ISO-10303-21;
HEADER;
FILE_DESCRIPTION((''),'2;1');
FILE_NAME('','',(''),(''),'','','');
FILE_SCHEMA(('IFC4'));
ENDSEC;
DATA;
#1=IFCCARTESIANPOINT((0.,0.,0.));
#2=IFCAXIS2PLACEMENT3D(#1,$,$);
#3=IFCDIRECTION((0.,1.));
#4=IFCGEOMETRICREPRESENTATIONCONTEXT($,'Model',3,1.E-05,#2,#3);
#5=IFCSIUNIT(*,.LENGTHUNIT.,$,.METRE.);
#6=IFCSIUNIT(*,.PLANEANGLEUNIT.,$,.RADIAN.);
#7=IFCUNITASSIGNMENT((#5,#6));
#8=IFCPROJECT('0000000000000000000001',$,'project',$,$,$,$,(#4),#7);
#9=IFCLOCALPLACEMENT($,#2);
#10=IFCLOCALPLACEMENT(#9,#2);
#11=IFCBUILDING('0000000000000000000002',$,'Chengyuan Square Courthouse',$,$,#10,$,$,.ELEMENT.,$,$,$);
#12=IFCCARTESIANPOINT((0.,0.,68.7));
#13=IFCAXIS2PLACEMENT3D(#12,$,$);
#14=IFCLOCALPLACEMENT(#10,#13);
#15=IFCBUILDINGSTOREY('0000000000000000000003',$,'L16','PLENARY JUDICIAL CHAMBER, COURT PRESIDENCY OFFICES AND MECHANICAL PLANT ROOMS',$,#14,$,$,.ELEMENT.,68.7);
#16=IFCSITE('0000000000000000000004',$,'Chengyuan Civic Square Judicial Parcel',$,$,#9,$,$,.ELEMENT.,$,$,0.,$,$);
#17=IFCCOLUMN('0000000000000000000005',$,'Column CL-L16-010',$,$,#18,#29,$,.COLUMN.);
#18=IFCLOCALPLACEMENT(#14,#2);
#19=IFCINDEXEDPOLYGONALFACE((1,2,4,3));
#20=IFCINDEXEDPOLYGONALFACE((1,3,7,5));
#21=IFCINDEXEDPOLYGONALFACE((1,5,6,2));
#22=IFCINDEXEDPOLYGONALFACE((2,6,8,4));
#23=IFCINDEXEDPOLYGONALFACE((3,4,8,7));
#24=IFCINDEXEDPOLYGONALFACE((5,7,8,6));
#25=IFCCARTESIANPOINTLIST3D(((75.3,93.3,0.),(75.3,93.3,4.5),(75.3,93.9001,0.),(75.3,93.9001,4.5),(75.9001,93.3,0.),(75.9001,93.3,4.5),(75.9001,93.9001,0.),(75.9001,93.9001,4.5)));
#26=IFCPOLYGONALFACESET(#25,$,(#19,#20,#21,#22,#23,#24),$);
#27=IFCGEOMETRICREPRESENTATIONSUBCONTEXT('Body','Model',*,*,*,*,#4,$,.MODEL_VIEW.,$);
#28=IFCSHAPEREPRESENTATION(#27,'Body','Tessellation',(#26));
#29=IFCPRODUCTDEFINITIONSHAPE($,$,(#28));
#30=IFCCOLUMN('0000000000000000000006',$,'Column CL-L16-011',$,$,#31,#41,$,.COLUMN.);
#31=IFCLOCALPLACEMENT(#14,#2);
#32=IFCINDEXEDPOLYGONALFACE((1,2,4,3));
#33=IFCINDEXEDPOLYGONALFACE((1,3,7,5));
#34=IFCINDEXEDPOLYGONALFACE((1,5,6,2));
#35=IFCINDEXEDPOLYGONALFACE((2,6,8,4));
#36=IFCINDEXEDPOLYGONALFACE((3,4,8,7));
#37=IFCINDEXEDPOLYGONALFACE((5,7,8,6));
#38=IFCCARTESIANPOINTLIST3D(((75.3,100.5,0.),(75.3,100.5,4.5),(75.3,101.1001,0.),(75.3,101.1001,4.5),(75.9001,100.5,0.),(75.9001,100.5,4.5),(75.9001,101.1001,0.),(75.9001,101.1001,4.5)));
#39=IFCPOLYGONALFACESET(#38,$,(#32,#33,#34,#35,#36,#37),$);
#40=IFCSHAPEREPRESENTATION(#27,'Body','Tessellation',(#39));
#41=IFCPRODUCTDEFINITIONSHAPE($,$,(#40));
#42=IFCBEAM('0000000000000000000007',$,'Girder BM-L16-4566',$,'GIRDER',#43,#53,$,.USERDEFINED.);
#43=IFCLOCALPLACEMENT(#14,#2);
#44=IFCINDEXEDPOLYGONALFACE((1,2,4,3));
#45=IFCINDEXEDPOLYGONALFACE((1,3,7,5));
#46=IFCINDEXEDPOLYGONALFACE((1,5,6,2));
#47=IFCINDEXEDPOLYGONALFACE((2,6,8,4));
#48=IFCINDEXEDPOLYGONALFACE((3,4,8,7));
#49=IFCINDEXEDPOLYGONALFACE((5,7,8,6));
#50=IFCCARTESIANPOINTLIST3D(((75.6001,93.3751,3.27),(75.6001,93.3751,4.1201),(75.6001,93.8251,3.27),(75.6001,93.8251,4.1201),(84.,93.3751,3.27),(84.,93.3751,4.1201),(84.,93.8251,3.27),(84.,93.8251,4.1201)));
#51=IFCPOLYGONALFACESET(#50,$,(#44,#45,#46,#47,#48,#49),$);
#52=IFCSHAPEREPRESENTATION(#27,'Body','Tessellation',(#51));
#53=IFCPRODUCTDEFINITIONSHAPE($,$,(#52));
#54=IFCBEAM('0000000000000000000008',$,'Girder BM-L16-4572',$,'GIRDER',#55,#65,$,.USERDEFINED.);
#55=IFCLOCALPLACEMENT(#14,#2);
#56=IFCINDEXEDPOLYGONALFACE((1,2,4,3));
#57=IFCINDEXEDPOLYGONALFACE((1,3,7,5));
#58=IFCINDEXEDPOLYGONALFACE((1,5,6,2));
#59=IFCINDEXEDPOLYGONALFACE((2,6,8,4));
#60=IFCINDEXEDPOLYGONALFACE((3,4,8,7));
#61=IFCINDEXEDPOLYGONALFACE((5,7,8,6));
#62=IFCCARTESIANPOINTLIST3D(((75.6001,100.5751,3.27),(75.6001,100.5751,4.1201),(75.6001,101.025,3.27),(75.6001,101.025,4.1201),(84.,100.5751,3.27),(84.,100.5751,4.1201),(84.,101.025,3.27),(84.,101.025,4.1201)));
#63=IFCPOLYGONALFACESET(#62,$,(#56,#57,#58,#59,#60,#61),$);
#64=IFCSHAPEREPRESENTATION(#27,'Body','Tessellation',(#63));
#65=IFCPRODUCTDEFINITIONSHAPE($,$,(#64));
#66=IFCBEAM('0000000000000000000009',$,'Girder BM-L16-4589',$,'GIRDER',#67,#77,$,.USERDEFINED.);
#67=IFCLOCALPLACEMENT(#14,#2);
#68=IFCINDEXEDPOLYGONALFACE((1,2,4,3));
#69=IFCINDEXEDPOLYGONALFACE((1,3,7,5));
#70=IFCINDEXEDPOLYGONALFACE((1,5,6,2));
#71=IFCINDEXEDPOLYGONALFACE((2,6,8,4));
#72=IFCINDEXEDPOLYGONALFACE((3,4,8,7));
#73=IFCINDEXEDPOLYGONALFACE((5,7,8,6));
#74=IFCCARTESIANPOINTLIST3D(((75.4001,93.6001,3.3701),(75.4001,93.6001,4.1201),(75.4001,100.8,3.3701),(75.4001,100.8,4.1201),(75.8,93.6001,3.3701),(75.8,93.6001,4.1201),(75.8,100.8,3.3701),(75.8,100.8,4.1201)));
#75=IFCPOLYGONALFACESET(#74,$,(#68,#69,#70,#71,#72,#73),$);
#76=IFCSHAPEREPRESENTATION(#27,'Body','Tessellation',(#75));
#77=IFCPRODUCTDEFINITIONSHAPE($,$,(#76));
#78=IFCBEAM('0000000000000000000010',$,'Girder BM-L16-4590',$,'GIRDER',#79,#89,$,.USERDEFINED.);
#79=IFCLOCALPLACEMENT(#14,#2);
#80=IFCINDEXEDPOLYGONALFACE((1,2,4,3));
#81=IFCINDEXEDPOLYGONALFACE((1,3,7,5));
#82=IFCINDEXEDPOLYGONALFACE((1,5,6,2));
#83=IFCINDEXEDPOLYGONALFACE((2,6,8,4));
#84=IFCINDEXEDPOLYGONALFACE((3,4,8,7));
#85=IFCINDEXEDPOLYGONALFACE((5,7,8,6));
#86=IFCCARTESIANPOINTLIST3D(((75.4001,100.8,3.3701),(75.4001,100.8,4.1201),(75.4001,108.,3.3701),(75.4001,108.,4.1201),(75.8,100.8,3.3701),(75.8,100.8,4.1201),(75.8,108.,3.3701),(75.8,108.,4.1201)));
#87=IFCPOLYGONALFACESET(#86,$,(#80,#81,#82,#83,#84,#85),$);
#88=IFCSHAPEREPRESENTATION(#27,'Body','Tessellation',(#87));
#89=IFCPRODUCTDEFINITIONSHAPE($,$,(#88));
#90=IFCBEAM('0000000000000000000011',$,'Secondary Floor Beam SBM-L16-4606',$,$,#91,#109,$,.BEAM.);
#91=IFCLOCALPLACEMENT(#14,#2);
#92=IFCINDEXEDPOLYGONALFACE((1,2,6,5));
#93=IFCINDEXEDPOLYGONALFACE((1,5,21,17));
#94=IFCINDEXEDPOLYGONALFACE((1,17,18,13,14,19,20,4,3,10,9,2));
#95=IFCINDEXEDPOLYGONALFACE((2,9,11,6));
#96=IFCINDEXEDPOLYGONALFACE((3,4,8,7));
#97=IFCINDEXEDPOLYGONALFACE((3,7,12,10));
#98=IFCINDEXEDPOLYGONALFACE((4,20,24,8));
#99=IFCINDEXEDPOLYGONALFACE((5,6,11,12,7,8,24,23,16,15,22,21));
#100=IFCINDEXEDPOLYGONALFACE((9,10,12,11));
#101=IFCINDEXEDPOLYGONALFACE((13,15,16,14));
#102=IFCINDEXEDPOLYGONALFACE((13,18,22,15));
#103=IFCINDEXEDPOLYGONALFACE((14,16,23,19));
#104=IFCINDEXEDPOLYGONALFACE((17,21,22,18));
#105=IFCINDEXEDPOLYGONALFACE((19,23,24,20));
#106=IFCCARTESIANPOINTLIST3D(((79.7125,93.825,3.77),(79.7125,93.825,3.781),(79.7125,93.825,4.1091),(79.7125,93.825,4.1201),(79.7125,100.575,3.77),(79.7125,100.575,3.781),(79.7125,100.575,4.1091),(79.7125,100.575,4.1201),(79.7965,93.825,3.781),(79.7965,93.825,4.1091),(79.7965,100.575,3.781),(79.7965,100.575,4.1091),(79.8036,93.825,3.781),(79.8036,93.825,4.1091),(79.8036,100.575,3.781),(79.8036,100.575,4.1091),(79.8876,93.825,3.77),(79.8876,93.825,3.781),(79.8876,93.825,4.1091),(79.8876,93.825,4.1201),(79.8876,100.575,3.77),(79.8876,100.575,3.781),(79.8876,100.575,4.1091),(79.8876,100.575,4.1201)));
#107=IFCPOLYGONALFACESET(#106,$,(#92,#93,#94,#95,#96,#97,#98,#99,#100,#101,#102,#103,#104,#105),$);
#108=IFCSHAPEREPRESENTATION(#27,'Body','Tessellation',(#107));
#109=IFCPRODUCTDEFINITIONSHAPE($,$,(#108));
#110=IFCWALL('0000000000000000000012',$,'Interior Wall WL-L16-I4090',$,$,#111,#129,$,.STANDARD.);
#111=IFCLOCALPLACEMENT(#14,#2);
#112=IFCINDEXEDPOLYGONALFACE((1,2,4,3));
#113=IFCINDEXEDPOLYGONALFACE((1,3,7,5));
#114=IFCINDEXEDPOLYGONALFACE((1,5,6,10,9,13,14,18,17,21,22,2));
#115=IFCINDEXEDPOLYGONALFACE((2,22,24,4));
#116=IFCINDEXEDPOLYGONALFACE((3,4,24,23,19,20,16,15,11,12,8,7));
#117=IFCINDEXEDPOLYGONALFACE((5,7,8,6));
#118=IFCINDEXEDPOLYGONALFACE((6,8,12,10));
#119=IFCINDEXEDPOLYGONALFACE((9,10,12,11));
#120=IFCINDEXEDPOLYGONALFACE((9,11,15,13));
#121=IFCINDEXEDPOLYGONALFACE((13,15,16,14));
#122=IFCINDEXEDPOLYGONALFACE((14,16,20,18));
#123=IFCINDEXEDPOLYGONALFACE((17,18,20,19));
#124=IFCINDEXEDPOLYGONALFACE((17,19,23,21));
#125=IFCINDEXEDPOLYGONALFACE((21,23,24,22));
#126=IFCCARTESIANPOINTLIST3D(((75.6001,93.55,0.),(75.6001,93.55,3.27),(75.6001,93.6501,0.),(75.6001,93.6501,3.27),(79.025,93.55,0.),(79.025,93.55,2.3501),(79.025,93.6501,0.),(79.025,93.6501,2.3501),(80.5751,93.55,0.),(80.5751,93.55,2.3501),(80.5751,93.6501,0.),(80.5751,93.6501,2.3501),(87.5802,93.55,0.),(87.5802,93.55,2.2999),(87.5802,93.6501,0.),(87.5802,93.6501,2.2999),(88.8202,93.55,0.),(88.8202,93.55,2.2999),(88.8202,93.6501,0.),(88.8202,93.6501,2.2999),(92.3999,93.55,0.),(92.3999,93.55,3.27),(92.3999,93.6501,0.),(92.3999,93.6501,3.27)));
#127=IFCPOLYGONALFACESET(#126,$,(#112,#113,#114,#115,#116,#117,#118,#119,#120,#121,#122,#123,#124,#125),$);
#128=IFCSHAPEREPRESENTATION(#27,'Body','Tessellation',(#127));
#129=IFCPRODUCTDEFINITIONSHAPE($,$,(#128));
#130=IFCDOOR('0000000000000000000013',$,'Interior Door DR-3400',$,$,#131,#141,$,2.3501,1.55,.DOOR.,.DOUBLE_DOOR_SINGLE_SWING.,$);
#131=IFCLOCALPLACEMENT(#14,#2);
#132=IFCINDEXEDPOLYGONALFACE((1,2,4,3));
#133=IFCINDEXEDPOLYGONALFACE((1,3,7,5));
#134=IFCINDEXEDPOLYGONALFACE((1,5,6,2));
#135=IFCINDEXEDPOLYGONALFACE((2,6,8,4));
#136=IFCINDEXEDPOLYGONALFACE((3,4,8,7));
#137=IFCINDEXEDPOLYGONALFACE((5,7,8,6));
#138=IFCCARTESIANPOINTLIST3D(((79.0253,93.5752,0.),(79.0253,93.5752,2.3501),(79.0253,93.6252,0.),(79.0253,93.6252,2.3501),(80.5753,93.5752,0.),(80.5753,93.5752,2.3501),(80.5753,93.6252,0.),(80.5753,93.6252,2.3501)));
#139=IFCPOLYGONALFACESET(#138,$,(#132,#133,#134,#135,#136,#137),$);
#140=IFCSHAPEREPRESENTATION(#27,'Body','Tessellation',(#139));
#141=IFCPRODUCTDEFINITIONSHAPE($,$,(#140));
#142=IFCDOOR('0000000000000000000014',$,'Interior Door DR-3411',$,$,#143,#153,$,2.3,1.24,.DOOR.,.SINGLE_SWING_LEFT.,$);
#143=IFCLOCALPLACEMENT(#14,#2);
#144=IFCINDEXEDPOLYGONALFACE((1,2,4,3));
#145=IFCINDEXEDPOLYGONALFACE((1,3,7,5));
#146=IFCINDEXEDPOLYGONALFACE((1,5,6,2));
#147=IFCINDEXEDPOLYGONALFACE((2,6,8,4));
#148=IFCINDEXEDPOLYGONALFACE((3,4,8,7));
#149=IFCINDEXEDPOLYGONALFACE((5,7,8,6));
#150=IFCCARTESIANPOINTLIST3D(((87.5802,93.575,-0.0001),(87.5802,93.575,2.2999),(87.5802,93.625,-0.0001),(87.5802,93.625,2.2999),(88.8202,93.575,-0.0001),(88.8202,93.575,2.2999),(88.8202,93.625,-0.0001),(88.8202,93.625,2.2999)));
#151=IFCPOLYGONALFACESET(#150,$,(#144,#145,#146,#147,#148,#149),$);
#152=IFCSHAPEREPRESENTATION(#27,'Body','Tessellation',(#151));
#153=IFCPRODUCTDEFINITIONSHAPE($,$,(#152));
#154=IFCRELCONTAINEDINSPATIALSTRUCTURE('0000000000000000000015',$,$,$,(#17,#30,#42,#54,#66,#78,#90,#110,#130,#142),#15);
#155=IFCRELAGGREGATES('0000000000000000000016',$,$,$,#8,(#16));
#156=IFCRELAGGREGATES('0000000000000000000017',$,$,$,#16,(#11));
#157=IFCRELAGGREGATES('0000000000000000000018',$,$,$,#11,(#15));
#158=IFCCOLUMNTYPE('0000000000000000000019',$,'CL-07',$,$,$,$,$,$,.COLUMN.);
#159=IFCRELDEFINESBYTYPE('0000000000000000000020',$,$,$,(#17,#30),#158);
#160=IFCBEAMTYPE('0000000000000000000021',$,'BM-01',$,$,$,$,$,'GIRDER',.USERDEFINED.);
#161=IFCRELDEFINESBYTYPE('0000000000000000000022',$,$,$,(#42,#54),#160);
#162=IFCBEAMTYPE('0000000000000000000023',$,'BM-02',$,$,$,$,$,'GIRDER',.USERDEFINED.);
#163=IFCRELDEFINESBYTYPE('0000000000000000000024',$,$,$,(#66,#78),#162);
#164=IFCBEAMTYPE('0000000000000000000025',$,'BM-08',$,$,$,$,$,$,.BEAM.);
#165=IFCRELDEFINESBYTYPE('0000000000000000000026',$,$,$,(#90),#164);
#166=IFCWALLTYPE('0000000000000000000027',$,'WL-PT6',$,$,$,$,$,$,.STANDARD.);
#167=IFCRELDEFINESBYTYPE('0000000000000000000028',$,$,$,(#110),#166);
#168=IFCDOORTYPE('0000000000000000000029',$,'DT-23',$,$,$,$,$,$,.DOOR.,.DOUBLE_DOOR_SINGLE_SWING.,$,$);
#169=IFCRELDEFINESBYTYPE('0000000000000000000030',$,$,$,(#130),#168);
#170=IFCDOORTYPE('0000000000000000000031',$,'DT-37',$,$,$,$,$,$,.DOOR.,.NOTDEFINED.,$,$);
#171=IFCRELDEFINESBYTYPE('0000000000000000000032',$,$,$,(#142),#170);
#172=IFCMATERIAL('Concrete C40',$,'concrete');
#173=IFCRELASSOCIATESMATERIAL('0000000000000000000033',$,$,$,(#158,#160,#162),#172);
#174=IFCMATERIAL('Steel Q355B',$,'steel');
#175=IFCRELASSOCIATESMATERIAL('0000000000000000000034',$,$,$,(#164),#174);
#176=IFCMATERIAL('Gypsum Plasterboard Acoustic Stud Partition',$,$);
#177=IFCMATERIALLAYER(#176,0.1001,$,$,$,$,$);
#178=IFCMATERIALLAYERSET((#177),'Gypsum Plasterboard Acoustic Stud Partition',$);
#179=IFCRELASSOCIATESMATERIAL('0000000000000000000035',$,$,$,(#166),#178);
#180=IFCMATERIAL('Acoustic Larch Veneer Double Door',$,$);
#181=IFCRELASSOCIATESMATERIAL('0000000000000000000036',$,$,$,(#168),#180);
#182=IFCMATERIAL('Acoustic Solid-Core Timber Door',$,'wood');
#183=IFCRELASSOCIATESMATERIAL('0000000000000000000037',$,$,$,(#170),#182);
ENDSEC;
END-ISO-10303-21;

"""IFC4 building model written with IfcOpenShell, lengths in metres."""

from ifc_helpers import new_model, si_unit, direction, frame, frame_2d, origin, origin_2d, place, context, subcontext, project, spatial, rectangle, i_section, extrude, material, layer, layer_set, material_profile, profile_set, type_object, element, fill, save


model = new_model("IFC4")

# Units and contexts
model_context = context("Model", 3, precision=1e-05, world=origin(), true_north=direction((0.0, 1.0)))
body_context = subcontext(model_context, "Body", "Model", "MODEL_VIEW")
ifc_project = project(units=[si_unit("LENGTHUNIT", "METRE"), si_unit("PLANEANGLEUNIT", "RADIAN")], contexts=[model_context])

# Site, building, storey
site_placement = place(None, origin())
site = spatial("IfcSite", under=ifc_project, at=site_placement, Name="Chengyuan Civic Square Judicial Parcel", CompositionType="ELEMENT", RefElevation=0.0)
building_placement = place(site_placement, origin())
building = spatial("IfcBuilding", under=site, at=building_placement, Name="Chengyuan Square Courthouse", CompositionType="ELEMENT")
storey_placement = place(building_placement, frame((0.0, 0.0, 68.7)))
storey = spatial("IfcBuildingStorey", under=building, at=storey_placement, Name="L16", Description="PLENARY JUDICIAL CHAMBER, COURT PRESIDENCY OFFICES AND MECHANICAL PLANT ROOMS", CompositionType="ELEMENT", Elevation=68.7)

# Columns
ifc_material_1 = material(Name="Concrete C40", Category="concrete")
ifc_material_profile_1 = material_profile(ifc_material_1, rectangle(XDim=0.6001, YDim=0.6001, at=origin_2d()), Name="RC-COL-600x600")
ifc_profile_set_1 = profile_set([ifc_material_profile_1], Name="Concrete C40")
column_type = type_object("IfcColumnType", Name="CL-07", PredefinedType="COLUMN", material=ifc_profile_set_1)
for number, where, z_axis, x_axis, name in (
    (1, (75.6001, 93.6001, 0.0), (0.0, 0.0, 1.0), (1.0, 0.0, 0.0), "Column CL-L16-010"),
    (2, (75.6001, 100.8, 0.0), (0.0, 0.0, 1.0), (1.0, 0.0, 0.0), "Column CL-L16-011"),
):
    element("IfcColumn", number, at=place(storey_placement, frame(where, z_axis=z_axis, x_axis=x_axis)), inside=storey, type_object=column_type, Name=name, PredefinedType="COLUMN", context=body_context, shape_type="SweptSolid", body=[
        extrude(rectangle(XDim=0.6001, YDim=0.6001, at=origin_2d()), origin(), (0.0, 0.0, 1.0), 4.5),
    ])

# Beams
ifc_material_profile_2 = material_profile(ifc_material_1, rectangle(XDim=0.45, YDim=0.8501, at=origin_2d()), Name="RC-BM-450x850")
ifc_profile_set_2 = profile_set([ifc_material_profile_2], Name="Concrete C40")
beam_type_1 = type_object("IfcBeamType", Name="BM-01", ElementType="GIRDER", PredefinedType="USERDEFINED", material=ifc_profile_set_2)
for number, where, z_axis, x_axis, name in (
    (3, (75.6001, 93.6001, 3.6951), (1.0, 0.0, 0.0), (0.0, 1.0, 0.0), "Girder BM-L16-4566"),
    (4, (75.6001, 100.8, 3.6951), (1.0, 0.0, 0.0), (0.0, 1.0, 0.0), "Girder BM-L16-4572"),
):
    element("IfcBeam", number, at=place(storey_placement, frame(where, z_axis=z_axis, x_axis=x_axis)), inside=storey, type_object=beam_type_1, Name=name, ObjectType="GIRDER", PredefinedType="USERDEFINED", context=body_context, shape_type="SweptSolid", body=[
        extrude(rectangle(XDim=0.45, YDim=0.8501, at=origin_2d()), origin(), (0.0, 0.0, 1.0), 8.3999),
    ])
ifc_material_profile_3 = material_profile(ifc_material_1, rectangle(XDim=0.3999, YDim=0.75, at=origin_2d()), Name="RC-BM-400x750")
ifc_profile_set_3 = profile_set([ifc_material_profile_3], Name="Concrete C40")
beam_type_2 = type_object("IfcBeamType", Name="BM-02", ElementType="GIRDER", PredefinedType="USERDEFINED", material=ifc_profile_set_3)
for number, where, z_axis, x_axis, name in (
    (5, (75.6001, 93.6001, 3.7451), (0.0, 1.0, 0.0), (-1.0, 0.0, 0.0), "Girder BM-L16-4589"),
    (6, (75.6001, 100.8, 3.7451), (0.0, 1.0, 0.0), (-1.0, 0.0, 0.0), "Girder BM-L16-4590"),
):
    element("IfcBeam", number, at=place(storey_placement, frame(where, z_axis=z_axis, x_axis=x_axis)), inside=storey, type_object=beam_type_2, Name=name, ObjectType="GIRDER", PredefinedType="USERDEFINED", context=body_context, shape_type="SweptSolid", body=[
        extrude(rectangle(XDim=0.3999, YDim=0.75, at=origin_2d()), origin(), (0.0, 0.0, 1.0), 7.2),
    ])
ifc_material_2 = material(Name="Steel Q355B", Category="steel")
ifc_material_profile_4 = material_profile(ifc_material_2, i_section(OverallWidth=0.175, OverallDepth=0.3501, WebThickness=0.0071, FlangeThickness=0.011, at=origin_2d()), Name="HN 350x175x7x11")
ifc_profile_set_4 = profile_set([ifc_material_profile_4], Name="Steel Q355B")
beam_type_3 = type_object("IfcBeamType", Name="BM-08", PredefinedType="BEAM", material=ifc_profile_set_4)
beam_placement = place(storey_placement, frame((79.8, 93.825, 3.9451), z_axis=(0.0, 1.0, 0.0), x_axis=(-1.0, 0.0, 0.0)))
element("IfcBeam", 7, at=beam_placement, inside=storey, type_object=beam_type_3, Name="Secondary Floor Beam SBM-L16-4606", PredefinedType="BEAM", context=body_context, shape_type="SweptSolid", body=[
    extrude(i_section(OverallWidth=0.175, OverallDepth=0.3501, WebThickness=0.0071, FlangeThickness=0.011, at=origin_2d()), origin(), (0.0, 0.0, 1.0), 6.75),
])

# Wall, openings, doors
ifc_material_3 = material(Name="Gypsum Plasterboard Acoustic Stud Partition")
ifc_layer_1 = layer(ifc_material_3, 0.1001)
ifc_layer_set_1 = layer_set([ifc_layer_1], Name="Gypsum Plasterboard Acoustic Stud Partition")
wall_type_1 = type_object("IfcWallType", Name="WL-PT6", PredefinedType="STANDARD", material=ifc_layer_set_1)
wall_1_placement = place(storey_placement, frame((75.6001, 93.6001, 0.0), z_axis=(0.0, 0.0, 1.0), x_axis=(1.0, 0.0, 0.0)))
wall_1 = element("IfcWall", 8, at=wall_1_placement, inside=storey, type_object=wall_type_1, Name="Interior Wall WL-L16-I4090", PredefinedType="STANDARD", context=body_context, shape_type="SweptSolid", body=[
    extrude(rectangle(XDim=16.7998, YDim=0.1001, at=frame_2d((8.3999, 0.0))), origin(), (0.0, 0.0, 1.0), 3.27),
])
opening_1_placement = place(wall_1_placement, frame((3.425, 0.0, 0.0)))
opening_1 = element("IfcOpeningElement", 9, at=opening_1_placement, cuts=wall_1, PredefinedType="OPENING", context=body_context, shape_type="SweptSolid", body=[
    extrude(rectangle(XDim=1.55, YDim=2.3501, at=frame_2d((0.7749, 1.175))), frame((0.0, 0.062, 0.0), z_axis=(0.0, -1.0, 0.0), x_axis=(1.0, 0.0, 0.0)), (0.0, 0.0, 1.0), 0.124),
])
opening_2_placement = place(wall_1_placement, frame((11.98, 0.0, 0.0)))
opening_2 = element("IfcOpeningElement", 10, at=opening_2_placement, cuts=wall_1, PredefinedType="OPENING", context=body_context, shape_type="SweptSolid", body=[
    extrude(rectangle(XDim=1.24, YDim=2.3, at=frame_2d((0.6201, 1.1499))), frame((0.0, 0.062, 0.0), z_axis=(0.0, -1.0, 0.0), x_axis=(1.0, 0.0, 0.0)), (0.0, 0.0, 1.0), 0.124),
])
ifc_material_4 = material(Name="Acoustic Larch Veneer Double Door")
door_type_1 = type_object("IfcDoorType", Name="DT-23", OperationType="DOUBLE_DOOR_SINGLE_SWING", PredefinedType="DOOR", material=ifc_material_4)
door_1_placement = place(opening_1_placement, frame((1.55, 0.0, 0.0), z_axis=(0.0, 0.0, 1.0), x_axis=(-1.0, 0.0, 0.0)))
door_1 = element("IfcDoor", 11, at=door_1_placement, inside=storey, type_object=door_type_1, Name="Interior Door DR-3400", OperationType="DOUBLE_DOOR_SINGLE_SWING", OverallHeight=2.3501, OverallWidth=1.55, PredefinedType="DOOR", context=body_context, shape_type="SweptSolid", body=[
    extrude(rectangle(XDim=1.55, YDim=2.3501, at=frame_2d((0.7749, 1.175))), frame((0.0, 0.0249, 0.0), z_axis=(0.0, -1.0, 0.0), x_axis=(1.0, 0.0, 0.0)), (0.0, 0.0, 1.0), 0.05),
])
fill(opening_1, door_1)
ifc_material_5 = material(Name="Acoustic Solid-Core Timber Door", Category="wood")
door_type_2 = type_object("IfcDoorType", Name="DT-37", OperationType="NOTDEFINED", PredefinedType="DOOR", material=ifc_material_5)
door_2_placement = place(opening_2_placement, origin())
door_2 = element("IfcDoor", 12, at=door_2_placement, inside=storey, type_object=door_type_2, Name="Interior Door DR-3411", OperationType="SINGLE_SWING_LEFT", OverallHeight=2.3, OverallWidth=1.24, PredefinedType="DOOR", context=body_context, shape_type="SweptSolid", body=[
    extrude(rectangle(XDim=1.24, YDim=2.3, at=frame_2d((0.6201, 1.1499))), frame((0.0, 0.0249, 0.0), z_axis=(0.0, -1.0, 0.0), x_axis=(1.0, 0.0, 0.0)), (0.0, 0.0, 1.0), 0.05),
])
fill(opening_2, door_2)

save(model, "model.ifc")
